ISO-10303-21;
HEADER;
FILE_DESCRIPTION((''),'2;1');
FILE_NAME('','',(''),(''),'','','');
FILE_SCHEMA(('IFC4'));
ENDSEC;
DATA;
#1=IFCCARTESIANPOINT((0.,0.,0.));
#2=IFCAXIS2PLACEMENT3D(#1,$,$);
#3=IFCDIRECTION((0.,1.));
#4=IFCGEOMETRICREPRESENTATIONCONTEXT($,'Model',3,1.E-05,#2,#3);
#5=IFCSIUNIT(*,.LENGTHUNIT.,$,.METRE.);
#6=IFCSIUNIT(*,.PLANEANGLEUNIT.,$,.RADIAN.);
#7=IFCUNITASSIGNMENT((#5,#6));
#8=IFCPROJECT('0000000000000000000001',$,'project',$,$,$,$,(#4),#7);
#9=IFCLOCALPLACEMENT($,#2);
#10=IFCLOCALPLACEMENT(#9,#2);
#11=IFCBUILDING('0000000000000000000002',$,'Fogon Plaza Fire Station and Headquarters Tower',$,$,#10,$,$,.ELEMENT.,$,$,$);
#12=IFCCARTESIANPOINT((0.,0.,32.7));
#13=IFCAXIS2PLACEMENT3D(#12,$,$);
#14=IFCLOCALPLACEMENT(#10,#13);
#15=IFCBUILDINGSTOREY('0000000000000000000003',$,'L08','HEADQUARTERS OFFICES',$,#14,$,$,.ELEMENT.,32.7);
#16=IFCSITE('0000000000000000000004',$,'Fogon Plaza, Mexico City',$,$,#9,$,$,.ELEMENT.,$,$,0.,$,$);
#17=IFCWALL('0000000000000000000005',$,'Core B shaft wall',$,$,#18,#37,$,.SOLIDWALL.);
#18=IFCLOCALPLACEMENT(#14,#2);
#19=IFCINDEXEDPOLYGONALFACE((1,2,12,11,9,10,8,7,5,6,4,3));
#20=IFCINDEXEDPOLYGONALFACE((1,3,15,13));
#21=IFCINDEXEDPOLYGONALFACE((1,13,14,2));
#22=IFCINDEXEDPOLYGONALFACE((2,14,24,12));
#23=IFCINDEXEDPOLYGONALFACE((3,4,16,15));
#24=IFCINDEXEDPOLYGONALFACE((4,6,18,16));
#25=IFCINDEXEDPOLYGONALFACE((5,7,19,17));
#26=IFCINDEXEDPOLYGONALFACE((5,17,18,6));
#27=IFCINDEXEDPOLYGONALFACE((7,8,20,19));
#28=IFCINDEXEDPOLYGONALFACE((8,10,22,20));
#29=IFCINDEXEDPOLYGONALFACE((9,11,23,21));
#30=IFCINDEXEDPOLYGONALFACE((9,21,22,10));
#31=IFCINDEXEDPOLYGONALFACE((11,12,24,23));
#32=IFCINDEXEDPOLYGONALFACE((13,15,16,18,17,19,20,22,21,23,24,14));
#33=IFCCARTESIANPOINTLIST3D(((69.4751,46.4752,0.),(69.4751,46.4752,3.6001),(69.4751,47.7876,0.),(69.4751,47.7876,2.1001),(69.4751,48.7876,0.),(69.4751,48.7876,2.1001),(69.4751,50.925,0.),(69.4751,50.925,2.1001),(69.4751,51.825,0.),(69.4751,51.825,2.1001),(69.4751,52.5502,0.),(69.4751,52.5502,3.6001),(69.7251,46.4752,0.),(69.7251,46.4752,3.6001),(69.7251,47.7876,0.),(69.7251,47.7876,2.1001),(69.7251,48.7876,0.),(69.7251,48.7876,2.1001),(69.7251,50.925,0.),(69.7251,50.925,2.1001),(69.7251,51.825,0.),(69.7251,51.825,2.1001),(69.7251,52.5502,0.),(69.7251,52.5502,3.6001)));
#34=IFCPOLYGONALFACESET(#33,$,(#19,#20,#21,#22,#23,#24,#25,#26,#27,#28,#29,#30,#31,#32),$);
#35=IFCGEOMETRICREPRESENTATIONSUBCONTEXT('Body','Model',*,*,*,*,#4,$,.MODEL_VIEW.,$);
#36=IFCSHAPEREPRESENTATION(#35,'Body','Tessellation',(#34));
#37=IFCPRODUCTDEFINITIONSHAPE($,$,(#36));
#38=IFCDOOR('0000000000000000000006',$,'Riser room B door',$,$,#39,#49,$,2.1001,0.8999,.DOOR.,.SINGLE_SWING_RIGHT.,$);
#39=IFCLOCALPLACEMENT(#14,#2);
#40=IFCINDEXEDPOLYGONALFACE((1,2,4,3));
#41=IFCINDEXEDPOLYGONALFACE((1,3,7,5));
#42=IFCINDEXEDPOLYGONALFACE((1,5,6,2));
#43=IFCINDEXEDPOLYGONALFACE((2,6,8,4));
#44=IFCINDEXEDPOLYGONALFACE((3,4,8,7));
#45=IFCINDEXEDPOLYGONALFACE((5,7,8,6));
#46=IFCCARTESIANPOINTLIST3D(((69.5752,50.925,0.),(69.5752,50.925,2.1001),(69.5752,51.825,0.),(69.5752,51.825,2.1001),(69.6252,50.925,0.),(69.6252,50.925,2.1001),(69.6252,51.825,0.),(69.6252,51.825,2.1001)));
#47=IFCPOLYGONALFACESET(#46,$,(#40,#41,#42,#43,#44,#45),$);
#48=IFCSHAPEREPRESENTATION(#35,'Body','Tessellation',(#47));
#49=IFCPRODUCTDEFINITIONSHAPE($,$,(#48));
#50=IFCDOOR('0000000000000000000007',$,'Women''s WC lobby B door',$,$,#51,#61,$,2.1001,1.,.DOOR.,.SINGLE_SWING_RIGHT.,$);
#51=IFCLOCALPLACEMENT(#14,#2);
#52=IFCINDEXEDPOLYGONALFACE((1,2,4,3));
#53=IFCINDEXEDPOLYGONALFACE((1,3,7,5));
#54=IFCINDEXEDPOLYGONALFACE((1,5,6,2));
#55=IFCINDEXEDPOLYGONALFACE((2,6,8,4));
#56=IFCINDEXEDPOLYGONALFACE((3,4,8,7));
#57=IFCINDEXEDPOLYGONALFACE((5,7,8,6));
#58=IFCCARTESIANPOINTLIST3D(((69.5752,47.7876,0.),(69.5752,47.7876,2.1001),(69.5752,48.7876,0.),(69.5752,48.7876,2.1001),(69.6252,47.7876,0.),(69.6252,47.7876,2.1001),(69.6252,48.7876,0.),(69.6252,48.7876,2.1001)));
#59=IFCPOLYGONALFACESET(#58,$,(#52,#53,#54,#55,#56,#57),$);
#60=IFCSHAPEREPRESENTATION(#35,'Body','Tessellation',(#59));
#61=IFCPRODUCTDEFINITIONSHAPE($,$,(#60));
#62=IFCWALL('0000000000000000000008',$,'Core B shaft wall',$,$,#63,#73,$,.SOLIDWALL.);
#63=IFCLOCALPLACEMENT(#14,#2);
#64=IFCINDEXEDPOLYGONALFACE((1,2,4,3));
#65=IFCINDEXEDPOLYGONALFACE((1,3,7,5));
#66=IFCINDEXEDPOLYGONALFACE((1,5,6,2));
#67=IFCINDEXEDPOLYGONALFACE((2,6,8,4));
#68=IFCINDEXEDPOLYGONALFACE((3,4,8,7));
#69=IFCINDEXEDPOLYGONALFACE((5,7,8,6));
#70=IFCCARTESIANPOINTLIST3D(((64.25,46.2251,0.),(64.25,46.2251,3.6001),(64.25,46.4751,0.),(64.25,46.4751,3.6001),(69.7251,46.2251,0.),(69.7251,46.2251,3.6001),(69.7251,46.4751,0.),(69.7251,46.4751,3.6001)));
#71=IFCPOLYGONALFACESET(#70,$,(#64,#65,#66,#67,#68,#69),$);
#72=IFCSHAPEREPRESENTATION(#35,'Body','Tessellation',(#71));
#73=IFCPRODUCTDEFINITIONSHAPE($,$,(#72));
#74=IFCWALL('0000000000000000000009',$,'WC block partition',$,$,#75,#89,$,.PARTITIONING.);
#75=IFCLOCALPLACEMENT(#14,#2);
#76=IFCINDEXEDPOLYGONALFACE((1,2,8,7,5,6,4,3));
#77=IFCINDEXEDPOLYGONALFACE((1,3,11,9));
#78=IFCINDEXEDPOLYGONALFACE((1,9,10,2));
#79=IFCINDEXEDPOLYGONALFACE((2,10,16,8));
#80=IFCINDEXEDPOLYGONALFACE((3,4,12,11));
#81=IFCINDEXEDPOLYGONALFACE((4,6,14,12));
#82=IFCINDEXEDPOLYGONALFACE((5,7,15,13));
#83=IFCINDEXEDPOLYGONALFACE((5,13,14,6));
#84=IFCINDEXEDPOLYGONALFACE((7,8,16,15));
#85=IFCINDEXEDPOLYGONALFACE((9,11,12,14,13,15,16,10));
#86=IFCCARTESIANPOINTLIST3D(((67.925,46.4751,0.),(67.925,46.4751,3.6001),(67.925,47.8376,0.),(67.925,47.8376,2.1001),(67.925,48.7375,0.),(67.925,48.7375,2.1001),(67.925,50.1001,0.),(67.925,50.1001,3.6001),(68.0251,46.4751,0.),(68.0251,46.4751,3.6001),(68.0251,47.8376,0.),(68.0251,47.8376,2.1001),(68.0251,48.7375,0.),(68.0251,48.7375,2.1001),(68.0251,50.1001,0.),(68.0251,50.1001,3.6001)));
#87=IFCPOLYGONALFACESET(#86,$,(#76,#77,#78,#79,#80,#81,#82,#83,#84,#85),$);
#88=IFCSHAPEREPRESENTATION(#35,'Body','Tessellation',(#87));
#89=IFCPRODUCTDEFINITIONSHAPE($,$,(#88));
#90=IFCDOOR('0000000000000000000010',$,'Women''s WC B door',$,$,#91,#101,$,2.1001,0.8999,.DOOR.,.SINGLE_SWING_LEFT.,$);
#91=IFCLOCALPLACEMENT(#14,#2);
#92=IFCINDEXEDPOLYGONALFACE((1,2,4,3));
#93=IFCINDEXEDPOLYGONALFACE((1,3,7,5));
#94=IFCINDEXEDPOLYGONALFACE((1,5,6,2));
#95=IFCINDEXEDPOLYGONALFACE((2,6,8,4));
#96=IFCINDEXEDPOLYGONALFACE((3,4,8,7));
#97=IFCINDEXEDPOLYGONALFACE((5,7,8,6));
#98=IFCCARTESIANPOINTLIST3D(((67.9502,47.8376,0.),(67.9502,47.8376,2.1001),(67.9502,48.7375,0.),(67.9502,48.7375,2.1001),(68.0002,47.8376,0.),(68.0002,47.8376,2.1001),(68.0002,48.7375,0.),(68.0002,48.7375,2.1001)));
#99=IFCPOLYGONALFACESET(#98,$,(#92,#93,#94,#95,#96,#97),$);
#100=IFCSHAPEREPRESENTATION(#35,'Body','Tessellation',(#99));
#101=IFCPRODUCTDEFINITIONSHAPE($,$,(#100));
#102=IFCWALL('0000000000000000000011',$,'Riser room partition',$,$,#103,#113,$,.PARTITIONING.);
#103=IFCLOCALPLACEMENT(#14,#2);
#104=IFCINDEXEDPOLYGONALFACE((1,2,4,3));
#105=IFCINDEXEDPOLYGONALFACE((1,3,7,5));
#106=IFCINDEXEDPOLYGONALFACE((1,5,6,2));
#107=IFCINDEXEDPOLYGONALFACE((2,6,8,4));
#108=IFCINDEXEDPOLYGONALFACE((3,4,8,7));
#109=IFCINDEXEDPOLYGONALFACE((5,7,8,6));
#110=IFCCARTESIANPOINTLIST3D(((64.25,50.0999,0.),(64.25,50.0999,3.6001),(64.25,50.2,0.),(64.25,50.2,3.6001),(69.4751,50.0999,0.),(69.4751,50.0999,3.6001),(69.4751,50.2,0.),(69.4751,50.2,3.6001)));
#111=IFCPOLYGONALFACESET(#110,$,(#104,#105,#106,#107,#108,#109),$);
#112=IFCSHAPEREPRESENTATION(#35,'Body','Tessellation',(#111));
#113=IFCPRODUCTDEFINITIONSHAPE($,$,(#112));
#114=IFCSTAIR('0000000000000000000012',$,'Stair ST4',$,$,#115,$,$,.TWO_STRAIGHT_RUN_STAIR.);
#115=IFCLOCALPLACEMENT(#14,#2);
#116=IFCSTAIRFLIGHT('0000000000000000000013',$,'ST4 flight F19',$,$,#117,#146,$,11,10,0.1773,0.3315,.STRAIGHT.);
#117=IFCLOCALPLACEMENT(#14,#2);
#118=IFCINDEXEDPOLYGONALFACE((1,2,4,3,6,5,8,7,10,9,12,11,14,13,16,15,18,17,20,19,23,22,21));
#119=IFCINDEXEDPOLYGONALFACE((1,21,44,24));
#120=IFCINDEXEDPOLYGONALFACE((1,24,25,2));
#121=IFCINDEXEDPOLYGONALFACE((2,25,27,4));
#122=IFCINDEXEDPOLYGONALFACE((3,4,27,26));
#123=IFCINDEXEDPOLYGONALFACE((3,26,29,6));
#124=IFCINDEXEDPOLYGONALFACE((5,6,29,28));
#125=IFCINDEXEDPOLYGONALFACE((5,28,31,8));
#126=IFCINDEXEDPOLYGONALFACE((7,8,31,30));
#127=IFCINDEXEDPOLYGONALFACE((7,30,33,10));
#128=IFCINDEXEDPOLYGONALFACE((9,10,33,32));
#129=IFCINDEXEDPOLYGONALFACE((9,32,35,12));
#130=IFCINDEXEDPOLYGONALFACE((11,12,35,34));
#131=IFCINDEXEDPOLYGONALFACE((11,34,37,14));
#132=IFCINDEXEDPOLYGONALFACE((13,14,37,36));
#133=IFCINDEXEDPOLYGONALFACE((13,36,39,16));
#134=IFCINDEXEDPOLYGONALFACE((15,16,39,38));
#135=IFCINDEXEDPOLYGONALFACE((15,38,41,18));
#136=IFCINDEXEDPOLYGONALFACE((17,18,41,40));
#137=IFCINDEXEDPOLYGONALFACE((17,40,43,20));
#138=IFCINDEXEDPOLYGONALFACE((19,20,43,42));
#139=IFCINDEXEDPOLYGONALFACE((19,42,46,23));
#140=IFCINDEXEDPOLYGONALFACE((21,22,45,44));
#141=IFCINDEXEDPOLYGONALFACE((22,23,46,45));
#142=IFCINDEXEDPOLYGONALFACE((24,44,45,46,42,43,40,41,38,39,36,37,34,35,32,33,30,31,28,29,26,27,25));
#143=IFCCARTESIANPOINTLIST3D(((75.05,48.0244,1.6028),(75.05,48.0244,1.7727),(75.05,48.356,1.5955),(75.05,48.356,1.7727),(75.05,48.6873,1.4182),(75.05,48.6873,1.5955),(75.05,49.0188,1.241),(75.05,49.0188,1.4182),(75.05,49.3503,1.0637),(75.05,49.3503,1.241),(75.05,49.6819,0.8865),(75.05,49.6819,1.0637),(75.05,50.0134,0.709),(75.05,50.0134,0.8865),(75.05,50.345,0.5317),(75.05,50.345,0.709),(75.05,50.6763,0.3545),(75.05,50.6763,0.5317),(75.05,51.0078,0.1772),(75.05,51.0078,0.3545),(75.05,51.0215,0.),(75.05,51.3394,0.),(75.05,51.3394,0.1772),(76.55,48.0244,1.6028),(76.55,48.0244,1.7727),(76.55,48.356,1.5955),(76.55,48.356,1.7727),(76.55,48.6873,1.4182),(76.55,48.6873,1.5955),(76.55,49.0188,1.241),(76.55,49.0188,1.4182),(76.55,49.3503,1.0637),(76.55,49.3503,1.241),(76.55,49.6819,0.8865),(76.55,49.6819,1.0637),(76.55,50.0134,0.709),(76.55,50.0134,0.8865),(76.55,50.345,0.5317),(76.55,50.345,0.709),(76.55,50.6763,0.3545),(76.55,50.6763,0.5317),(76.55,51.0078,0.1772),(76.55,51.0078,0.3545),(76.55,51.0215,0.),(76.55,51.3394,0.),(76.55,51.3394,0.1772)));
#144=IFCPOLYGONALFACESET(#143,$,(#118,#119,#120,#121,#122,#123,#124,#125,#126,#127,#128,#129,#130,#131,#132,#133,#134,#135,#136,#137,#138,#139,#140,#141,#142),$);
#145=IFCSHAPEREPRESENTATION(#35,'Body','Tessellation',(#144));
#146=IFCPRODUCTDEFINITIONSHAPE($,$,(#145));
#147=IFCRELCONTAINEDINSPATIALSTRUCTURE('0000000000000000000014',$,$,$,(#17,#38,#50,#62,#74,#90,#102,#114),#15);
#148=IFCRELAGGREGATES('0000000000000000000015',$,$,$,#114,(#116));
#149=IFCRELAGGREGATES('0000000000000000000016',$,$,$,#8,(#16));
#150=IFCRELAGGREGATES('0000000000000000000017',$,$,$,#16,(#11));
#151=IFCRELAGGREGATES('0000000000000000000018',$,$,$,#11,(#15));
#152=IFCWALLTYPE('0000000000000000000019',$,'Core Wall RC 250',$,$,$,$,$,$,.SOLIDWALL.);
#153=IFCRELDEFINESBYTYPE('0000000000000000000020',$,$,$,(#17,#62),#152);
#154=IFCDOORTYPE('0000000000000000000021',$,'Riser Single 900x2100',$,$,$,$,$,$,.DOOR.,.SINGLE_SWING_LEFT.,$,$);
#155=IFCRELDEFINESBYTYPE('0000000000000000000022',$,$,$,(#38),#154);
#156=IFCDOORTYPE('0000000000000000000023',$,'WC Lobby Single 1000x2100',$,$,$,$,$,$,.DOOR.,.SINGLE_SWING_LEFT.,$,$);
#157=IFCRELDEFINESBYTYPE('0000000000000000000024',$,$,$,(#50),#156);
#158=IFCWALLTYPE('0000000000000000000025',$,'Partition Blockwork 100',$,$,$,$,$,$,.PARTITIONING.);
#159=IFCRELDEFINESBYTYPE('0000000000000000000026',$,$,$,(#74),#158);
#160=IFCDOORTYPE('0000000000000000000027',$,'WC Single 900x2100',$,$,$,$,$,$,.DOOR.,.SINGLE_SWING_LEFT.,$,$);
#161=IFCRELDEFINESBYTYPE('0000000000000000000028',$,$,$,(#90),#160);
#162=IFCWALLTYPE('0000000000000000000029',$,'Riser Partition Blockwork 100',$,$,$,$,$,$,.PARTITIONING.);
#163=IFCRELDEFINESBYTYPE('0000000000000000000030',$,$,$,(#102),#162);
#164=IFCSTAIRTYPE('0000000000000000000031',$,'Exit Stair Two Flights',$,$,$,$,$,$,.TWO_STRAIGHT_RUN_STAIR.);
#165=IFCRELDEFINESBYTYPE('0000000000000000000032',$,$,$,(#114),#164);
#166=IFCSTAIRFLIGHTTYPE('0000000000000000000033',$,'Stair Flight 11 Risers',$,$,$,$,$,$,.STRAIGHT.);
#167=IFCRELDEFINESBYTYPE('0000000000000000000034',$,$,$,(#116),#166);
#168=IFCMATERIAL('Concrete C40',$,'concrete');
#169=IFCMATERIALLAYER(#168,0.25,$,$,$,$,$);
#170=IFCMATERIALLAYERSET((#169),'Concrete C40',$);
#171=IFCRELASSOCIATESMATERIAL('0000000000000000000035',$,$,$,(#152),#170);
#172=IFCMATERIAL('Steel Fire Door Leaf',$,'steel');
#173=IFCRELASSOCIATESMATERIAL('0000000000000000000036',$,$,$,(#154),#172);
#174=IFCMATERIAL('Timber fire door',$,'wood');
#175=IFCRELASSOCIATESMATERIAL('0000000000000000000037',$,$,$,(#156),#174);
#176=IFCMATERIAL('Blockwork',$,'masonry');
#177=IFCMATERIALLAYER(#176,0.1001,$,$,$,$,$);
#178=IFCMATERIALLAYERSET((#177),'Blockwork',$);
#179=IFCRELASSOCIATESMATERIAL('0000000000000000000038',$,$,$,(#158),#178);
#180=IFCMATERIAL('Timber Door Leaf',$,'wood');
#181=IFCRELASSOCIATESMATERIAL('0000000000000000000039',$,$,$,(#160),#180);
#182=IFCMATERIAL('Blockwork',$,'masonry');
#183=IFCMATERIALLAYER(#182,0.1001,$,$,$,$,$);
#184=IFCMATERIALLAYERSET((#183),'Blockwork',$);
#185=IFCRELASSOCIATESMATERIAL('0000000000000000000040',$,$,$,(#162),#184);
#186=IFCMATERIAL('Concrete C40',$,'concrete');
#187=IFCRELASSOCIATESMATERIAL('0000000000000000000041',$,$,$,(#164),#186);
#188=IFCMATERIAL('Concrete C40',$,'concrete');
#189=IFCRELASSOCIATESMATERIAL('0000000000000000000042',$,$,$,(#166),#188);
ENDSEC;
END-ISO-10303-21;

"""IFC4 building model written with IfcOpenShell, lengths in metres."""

from ifc_helpers import new_model, si_unit, direction, frame, frame_2d, origin, place, context, subcontext, project, spatial, polyline, rectangle, outline, extrude, material, layer, layer_set, type_object, element, fill, aggregate, save


model = new_model("IFC4")

# Units and contexts
model_context = context("Model", 3, precision=1e-05, world=origin(), true_north=direction((0.0, 1.0)))
body_context = subcontext(model_context, "Body", "Model", "MODEL_VIEW")
ifc_project = project(units=[si_unit("LENGTHUNIT", "METRE"), si_unit("PLANEANGLEUNIT", "RADIAN")], contexts=[model_context])

# Site, building, storey
site_placement = place(None, origin())
site = spatial("IfcSite", under=ifc_project, at=site_placement, Name="Fogon Plaza, Mexico City", CompositionType="ELEMENT", RefElevation=0.0)
building_placement = place(site_placement, origin())
building = spatial("IfcBuilding", under=site, at=building_placement, Name="Fogon Plaza Fire Station and Headquarters Tower", CompositionType="ELEMENT")
storey_placement = place(building_placement, frame((0.0, 0.0, 32.7)))
storey = spatial("IfcBuildingStorey", under=building, at=storey_placement, Name="L08", Description="HEADQUARTERS OFFICES", CompositionType="ELEMENT", Elevation=32.7)

# Shared definitions
ifc_material_1 = material(Name="Concrete C40", Category="concrete")
ifc_layer_1 = layer(ifc_material_1, 0.25)
ifc_layer_set_1 = layer_set([ifc_layer_1], Name="Concrete C40")
wall_type_1 = type_object("IfcWallType", Name="Core Wall RC 250", PredefinedType="SOLIDWALL", material=ifc_layer_set_1)

# Wall, openings, doors
wall_1_placement = place(storey_placement, frame((69.6001, 46.4751, 0.0), z_axis=(0.0, 0.0, 1.0), x_axis=(0.0, 1.0, 0.0)))
wall_1 = element("IfcWall", 1, at=wall_1_placement, inside=storey, type_object=wall_type_1, Name="Core B shaft wall", PredefinedType="SOLIDWALL", context=body_context, shape_type="SweptSolid", body=[
    extrude(rectangle(XDim=6.075, YDim=0.25, at=frame_2d((3.0376, 0.0))), origin(), (0.0, 0.0, 1.0), 3.6001),
])
opening_1_placement = place(wall_1_placement, frame((1.3125, 0.0, 0.0)))
opening_1 = element("IfcOpeningElement", 2, at=opening_1_placement, cuts=wall_1, PredefinedType="OPENING", context=body_context, shape_type="SweptSolid", body=[
    extrude(rectangle(XDim=1.0, YDim=2.1001, at=frame_2d((0.5, 1.05))), frame((0.0, 0.135, 0.0), z_axis=(0.0, -1.0, 0.0), x_axis=(1.0, 0.0, 0.0)), (0.0, 0.0, 1.0), 0.27),
])
opening_2_placement = place(wall_1_placement, frame((4.45, 0.0, 0.0)))
opening_2 = element("IfcOpeningElement", 3, at=opening_2_placement, cuts=wall_1, PredefinedType="OPENING", context=body_context, shape_type="SweptSolid", body=[
    extrude(rectangle(XDim=0.8999, YDim=2.1001, at=frame_2d((0.45, 1.05))), frame((0.0, 0.135, 0.0), z_axis=(0.0, -1.0, 0.0), x_axis=(1.0, 0.0, 0.0)), (0.0, 0.0, 1.0), 0.27),
])
ifc_material_2 = material(Name="Steel Fire Door Leaf", Category="steel")
door_type_1 = type_object("IfcDoorType", Name="Riser Single 900x2100", OperationType="SINGLE_SWING_LEFT", PredefinedType="DOOR", material=ifc_material_2)
door_1_placement = place(opening_2_placement, origin())
door_1 = element("IfcDoor", 4, at=door_1_placement, inside=storey, type_object=door_type_1, Name="Riser room B door", OperationType="SINGLE_SWING_RIGHT", OverallHeight=2.1001, OverallWidth=0.8999, PredefinedType="DOOR", context=body_context, shape_type="SweptSolid", body=[
    extrude(rectangle(XDim=0.8999, YDim=2.1001, at=frame_2d((0.45, 1.05))), frame((0.0, 0.0249, 0.0), z_axis=(0.0, -1.0, 0.0), x_axis=(1.0, 0.0, 0.0)), (0.0, 0.0, 1.0), 0.05),
])
fill(opening_2, door_1)
ifc_material_3 = material(Name="Timber fire door", Category="wood")
door_type_2 = type_object("IfcDoorType", Name="WC Lobby Single 1000x2100", OperationType="SINGLE_SWING_LEFT", PredefinedType="DOOR", material=ifc_material_3)
door_2_placement = place(opening_1_placement, origin())
door_2 = element("IfcDoor", 5, at=door_2_placement, inside=storey, type_object=door_type_2, Name="Women's WC lobby B door", OperationType="SINGLE_SWING_RIGHT", OverallHeight=2.1001, OverallWidth=1.0, PredefinedType="DOOR", context=body_context, shape_type="SweptSolid", body=[
    extrude(rectangle(XDim=1.0, YDim=2.1001, at=frame_2d((0.5, 1.05))), frame((0.0, 0.0249, 0.0), z_axis=(0.0, -1.0, 0.0), x_axis=(1.0, 0.0, 0.0)), (0.0, 0.0, 1.0), 0.05),
])
fill(opening_1, door_2)

# Wall
wall_2_placement = place(storey_placement, frame((69.7251, 46.3501, 0.0), z_axis=(0.0, 0.0, 1.0), x_axis=(-1.0, 0.0, 0.0)))
element("IfcWall", 6, at=wall_2_placement, inside=storey, type_object=wall_type_1, Name="Core B shaft wall", PredefinedType="SOLIDWALL", context=body_context, shape_type="SweptSolid", body=[
    extrude(rectangle(XDim=5.4751, YDim=0.25, at=frame_2d((2.7375, 0.0))), origin(), (0.0, 0.0, 1.0), 3.6001),
])

# Wall, opening, door
ifc_material_4 = material(Name="Blockwork", Category="masonry")
ifc_layer_2 = layer(ifc_material_4, 0.1001)
ifc_layer_set_2 = layer_set([ifc_layer_2], Name="Blockwork")
wall_type_2 = type_object("IfcWallType", Name="Partition Blockwork 100", PredefinedType="PARTITIONING", material=ifc_layer_set_2)
wall_3_placement = place(storey_placement, frame((67.9751, 46.4751, 0.0), z_axis=(0.0, 0.0, 1.0), x_axis=(0.0, 1.0, 0.0)))
wall_3 = element("IfcWall", 7, at=wall_3_placement, inside=storey, type_object=wall_type_2, Name="WC block partition", PredefinedType="PARTITIONING", context=body_context, shape_type="SweptSolid", body=[
    extrude(rectangle(XDim=3.625, YDim=0.1001, at=frame_2d((1.8125, 0.0))), origin(), (0.0, 0.0, 1.0), 3.6001),
])
opening_3_placement = place(wall_3_placement, frame((1.3625, 0.0, 0.0)))
opening_3 = element("IfcOpeningElement", 8, at=opening_3_placement, cuts=wall_3, PredefinedType="OPENING", context=body_context, shape_type="SweptSolid", body=[
    extrude(rectangle(XDim=0.8999, YDim=2.1001, at=frame_2d((0.45, 1.05))), frame((0.0, 0.0601, 0.0), z_axis=(0.0, -1.0, 0.0), x_axis=(1.0, 0.0, 0.0)), (0.0, 0.0, 1.0), 0.1201),
])
ifc_material_5 = material(Name="Timber Door Leaf", Category="wood")
door_type_3 = type_object("IfcDoorType", Name="WC Single 900x2100", OperationType="SINGLE_SWING_LEFT", PredefinedType="DOOR", material=ifc_material_5)
door_3_placement = place(opening_3_placement, origin())
door_3 = element("IfcDoor", 9, at=door_3_placement, inside=storey, type_object=door_type_3, Name="Women's WC B door", OperationType="SINGLE_SWING_LEFT", OverallHeight=2.1001, OverallWidth=0.8999, PredefinedType="DOOR", context=body_context, shape_type="SweptSolid", body=[
    extrude(rectangle(XDim=0.8999, YDim=2.1001, at=frame_2d((0.45, 1.05))), frame((0.0, 0.0249, 0.0), z_axis=(0.0, -1.0, 0.0), x_axis=(1.0, 0.0, 0.0)), (0.0, 0.0, 1.0), 0.05),
])
fill(opening_3, door_3)

# Wall
ifc_material_6 = material(Name="Blockwork", Category="masonry")
ifc_layer_3 = layer(ifc_material_6, 0.1001)
ifc_layer_set_3 = layer_set([ifc_layer_3], Name="Blockwork")
wall_type_3 = type_object("IfcWallType", Name="Riser Partition Blockwork 100", PredefinedType="PARTITIONING", material=ifc_layer_set_3)
wall_4_placement = place(storey_placement, frame((69.4751, 50.1499, 0.0), z_axis=(0.0, 0.0, 1.0), x_axis=(-1.0, 0.0, 0.0)))
element("IfcWall", 10, at=wall_4_placement, inside=storey, type_object=wall_type_3, Name="Riser room partition", PredefinedType="PARTITIONING", context=body_context, shape_type="SweptSolid", body=[
    extrude(rectangle(XDim=5.2251, YDim=0.1001, at=frame_2d((2.6125, 0.0))), origin(), (0.0, 0.0, 1.0), 3.6001),
])

# Stair, stair flight
ifc_material_7 = material(Name="Concrete C40", Category="concrete")
stair_type = type_object("IfcStairType", Name="Exit Stair Two Flights", PredefinedType="TWO_STRAIGHT_RUN_STAIR", material=ifc_material_7)
stair_placement = place(storey_placement, origin())
stair = element("IfcStair", 11, at=stair_placement, inside=storey, type_object=stair_type, Name="Stair ST4", PredefinedType="TWO_STRAIGHT_RUN_STAIR")
ifc_material_8 = material(Name="Concrete C40", Category="concrete")
stair_flight_type = type_object("IfcStairFlightType", Name="Stair Flight 11 Risers", PredefinedType="STRAIGHT", material=ifc_material_8)
stair_flight_1_placement = place(storey_placement, frame((75.8, 51.3394, 0.0), z_axis=(0.0, 0.0, 1.0), x_axis=(0.0, -1.0, 0.0)))
stair_flight_1 = element("IfcStairFlight", 12, at=stair_flight_1_placement, type_object=stair_flight_type, Name="ST4 flight F19", NumberOfRisers=11, NumberOfTreads=10, PredefinedType="STRAIGHT", RiserHeight=0.1773, TreadLength=0.3315, context=body_context, shape_type="SweptSolid", body=[
    extrude(outline(polyline([(0.0, 0.0), (0.0, 0.1772), (0.3315, 0.1772), (0.3315, 0.3545), (0.6631, 0.3545), (0.6631, 0.5317), (0.9944, 0.5317), (0.9944, 0.709), (1.3259, 0.709), (1.3259, 0.8865), (1.6575, 0.8865), (1.6575, 1.0637), (1.989, 1.0637), (1.989, 1.241), (2.3206, 1.241), (2.3206, 1.4182), (2.6521, 1.4182), (2.6521, 1.5955), (2.9834, 1.5955), (2.9834, 1.7727), (3.3149, 1.7727), (3.3149, 1.95), (3.3149, 1.6028), (0.3179, 0.0), (0.0, 0.0)])), frame((0.0, 0.75, 0.0), z_axis=(0.0, -1.0, 0.0), x_axis=(1.0, 0.0, 0.0)), (0.0, 0.0, 1.0), 1.5),
])
aggregate(stair, [stair_flight_1])

save(model, "model.ifc")
